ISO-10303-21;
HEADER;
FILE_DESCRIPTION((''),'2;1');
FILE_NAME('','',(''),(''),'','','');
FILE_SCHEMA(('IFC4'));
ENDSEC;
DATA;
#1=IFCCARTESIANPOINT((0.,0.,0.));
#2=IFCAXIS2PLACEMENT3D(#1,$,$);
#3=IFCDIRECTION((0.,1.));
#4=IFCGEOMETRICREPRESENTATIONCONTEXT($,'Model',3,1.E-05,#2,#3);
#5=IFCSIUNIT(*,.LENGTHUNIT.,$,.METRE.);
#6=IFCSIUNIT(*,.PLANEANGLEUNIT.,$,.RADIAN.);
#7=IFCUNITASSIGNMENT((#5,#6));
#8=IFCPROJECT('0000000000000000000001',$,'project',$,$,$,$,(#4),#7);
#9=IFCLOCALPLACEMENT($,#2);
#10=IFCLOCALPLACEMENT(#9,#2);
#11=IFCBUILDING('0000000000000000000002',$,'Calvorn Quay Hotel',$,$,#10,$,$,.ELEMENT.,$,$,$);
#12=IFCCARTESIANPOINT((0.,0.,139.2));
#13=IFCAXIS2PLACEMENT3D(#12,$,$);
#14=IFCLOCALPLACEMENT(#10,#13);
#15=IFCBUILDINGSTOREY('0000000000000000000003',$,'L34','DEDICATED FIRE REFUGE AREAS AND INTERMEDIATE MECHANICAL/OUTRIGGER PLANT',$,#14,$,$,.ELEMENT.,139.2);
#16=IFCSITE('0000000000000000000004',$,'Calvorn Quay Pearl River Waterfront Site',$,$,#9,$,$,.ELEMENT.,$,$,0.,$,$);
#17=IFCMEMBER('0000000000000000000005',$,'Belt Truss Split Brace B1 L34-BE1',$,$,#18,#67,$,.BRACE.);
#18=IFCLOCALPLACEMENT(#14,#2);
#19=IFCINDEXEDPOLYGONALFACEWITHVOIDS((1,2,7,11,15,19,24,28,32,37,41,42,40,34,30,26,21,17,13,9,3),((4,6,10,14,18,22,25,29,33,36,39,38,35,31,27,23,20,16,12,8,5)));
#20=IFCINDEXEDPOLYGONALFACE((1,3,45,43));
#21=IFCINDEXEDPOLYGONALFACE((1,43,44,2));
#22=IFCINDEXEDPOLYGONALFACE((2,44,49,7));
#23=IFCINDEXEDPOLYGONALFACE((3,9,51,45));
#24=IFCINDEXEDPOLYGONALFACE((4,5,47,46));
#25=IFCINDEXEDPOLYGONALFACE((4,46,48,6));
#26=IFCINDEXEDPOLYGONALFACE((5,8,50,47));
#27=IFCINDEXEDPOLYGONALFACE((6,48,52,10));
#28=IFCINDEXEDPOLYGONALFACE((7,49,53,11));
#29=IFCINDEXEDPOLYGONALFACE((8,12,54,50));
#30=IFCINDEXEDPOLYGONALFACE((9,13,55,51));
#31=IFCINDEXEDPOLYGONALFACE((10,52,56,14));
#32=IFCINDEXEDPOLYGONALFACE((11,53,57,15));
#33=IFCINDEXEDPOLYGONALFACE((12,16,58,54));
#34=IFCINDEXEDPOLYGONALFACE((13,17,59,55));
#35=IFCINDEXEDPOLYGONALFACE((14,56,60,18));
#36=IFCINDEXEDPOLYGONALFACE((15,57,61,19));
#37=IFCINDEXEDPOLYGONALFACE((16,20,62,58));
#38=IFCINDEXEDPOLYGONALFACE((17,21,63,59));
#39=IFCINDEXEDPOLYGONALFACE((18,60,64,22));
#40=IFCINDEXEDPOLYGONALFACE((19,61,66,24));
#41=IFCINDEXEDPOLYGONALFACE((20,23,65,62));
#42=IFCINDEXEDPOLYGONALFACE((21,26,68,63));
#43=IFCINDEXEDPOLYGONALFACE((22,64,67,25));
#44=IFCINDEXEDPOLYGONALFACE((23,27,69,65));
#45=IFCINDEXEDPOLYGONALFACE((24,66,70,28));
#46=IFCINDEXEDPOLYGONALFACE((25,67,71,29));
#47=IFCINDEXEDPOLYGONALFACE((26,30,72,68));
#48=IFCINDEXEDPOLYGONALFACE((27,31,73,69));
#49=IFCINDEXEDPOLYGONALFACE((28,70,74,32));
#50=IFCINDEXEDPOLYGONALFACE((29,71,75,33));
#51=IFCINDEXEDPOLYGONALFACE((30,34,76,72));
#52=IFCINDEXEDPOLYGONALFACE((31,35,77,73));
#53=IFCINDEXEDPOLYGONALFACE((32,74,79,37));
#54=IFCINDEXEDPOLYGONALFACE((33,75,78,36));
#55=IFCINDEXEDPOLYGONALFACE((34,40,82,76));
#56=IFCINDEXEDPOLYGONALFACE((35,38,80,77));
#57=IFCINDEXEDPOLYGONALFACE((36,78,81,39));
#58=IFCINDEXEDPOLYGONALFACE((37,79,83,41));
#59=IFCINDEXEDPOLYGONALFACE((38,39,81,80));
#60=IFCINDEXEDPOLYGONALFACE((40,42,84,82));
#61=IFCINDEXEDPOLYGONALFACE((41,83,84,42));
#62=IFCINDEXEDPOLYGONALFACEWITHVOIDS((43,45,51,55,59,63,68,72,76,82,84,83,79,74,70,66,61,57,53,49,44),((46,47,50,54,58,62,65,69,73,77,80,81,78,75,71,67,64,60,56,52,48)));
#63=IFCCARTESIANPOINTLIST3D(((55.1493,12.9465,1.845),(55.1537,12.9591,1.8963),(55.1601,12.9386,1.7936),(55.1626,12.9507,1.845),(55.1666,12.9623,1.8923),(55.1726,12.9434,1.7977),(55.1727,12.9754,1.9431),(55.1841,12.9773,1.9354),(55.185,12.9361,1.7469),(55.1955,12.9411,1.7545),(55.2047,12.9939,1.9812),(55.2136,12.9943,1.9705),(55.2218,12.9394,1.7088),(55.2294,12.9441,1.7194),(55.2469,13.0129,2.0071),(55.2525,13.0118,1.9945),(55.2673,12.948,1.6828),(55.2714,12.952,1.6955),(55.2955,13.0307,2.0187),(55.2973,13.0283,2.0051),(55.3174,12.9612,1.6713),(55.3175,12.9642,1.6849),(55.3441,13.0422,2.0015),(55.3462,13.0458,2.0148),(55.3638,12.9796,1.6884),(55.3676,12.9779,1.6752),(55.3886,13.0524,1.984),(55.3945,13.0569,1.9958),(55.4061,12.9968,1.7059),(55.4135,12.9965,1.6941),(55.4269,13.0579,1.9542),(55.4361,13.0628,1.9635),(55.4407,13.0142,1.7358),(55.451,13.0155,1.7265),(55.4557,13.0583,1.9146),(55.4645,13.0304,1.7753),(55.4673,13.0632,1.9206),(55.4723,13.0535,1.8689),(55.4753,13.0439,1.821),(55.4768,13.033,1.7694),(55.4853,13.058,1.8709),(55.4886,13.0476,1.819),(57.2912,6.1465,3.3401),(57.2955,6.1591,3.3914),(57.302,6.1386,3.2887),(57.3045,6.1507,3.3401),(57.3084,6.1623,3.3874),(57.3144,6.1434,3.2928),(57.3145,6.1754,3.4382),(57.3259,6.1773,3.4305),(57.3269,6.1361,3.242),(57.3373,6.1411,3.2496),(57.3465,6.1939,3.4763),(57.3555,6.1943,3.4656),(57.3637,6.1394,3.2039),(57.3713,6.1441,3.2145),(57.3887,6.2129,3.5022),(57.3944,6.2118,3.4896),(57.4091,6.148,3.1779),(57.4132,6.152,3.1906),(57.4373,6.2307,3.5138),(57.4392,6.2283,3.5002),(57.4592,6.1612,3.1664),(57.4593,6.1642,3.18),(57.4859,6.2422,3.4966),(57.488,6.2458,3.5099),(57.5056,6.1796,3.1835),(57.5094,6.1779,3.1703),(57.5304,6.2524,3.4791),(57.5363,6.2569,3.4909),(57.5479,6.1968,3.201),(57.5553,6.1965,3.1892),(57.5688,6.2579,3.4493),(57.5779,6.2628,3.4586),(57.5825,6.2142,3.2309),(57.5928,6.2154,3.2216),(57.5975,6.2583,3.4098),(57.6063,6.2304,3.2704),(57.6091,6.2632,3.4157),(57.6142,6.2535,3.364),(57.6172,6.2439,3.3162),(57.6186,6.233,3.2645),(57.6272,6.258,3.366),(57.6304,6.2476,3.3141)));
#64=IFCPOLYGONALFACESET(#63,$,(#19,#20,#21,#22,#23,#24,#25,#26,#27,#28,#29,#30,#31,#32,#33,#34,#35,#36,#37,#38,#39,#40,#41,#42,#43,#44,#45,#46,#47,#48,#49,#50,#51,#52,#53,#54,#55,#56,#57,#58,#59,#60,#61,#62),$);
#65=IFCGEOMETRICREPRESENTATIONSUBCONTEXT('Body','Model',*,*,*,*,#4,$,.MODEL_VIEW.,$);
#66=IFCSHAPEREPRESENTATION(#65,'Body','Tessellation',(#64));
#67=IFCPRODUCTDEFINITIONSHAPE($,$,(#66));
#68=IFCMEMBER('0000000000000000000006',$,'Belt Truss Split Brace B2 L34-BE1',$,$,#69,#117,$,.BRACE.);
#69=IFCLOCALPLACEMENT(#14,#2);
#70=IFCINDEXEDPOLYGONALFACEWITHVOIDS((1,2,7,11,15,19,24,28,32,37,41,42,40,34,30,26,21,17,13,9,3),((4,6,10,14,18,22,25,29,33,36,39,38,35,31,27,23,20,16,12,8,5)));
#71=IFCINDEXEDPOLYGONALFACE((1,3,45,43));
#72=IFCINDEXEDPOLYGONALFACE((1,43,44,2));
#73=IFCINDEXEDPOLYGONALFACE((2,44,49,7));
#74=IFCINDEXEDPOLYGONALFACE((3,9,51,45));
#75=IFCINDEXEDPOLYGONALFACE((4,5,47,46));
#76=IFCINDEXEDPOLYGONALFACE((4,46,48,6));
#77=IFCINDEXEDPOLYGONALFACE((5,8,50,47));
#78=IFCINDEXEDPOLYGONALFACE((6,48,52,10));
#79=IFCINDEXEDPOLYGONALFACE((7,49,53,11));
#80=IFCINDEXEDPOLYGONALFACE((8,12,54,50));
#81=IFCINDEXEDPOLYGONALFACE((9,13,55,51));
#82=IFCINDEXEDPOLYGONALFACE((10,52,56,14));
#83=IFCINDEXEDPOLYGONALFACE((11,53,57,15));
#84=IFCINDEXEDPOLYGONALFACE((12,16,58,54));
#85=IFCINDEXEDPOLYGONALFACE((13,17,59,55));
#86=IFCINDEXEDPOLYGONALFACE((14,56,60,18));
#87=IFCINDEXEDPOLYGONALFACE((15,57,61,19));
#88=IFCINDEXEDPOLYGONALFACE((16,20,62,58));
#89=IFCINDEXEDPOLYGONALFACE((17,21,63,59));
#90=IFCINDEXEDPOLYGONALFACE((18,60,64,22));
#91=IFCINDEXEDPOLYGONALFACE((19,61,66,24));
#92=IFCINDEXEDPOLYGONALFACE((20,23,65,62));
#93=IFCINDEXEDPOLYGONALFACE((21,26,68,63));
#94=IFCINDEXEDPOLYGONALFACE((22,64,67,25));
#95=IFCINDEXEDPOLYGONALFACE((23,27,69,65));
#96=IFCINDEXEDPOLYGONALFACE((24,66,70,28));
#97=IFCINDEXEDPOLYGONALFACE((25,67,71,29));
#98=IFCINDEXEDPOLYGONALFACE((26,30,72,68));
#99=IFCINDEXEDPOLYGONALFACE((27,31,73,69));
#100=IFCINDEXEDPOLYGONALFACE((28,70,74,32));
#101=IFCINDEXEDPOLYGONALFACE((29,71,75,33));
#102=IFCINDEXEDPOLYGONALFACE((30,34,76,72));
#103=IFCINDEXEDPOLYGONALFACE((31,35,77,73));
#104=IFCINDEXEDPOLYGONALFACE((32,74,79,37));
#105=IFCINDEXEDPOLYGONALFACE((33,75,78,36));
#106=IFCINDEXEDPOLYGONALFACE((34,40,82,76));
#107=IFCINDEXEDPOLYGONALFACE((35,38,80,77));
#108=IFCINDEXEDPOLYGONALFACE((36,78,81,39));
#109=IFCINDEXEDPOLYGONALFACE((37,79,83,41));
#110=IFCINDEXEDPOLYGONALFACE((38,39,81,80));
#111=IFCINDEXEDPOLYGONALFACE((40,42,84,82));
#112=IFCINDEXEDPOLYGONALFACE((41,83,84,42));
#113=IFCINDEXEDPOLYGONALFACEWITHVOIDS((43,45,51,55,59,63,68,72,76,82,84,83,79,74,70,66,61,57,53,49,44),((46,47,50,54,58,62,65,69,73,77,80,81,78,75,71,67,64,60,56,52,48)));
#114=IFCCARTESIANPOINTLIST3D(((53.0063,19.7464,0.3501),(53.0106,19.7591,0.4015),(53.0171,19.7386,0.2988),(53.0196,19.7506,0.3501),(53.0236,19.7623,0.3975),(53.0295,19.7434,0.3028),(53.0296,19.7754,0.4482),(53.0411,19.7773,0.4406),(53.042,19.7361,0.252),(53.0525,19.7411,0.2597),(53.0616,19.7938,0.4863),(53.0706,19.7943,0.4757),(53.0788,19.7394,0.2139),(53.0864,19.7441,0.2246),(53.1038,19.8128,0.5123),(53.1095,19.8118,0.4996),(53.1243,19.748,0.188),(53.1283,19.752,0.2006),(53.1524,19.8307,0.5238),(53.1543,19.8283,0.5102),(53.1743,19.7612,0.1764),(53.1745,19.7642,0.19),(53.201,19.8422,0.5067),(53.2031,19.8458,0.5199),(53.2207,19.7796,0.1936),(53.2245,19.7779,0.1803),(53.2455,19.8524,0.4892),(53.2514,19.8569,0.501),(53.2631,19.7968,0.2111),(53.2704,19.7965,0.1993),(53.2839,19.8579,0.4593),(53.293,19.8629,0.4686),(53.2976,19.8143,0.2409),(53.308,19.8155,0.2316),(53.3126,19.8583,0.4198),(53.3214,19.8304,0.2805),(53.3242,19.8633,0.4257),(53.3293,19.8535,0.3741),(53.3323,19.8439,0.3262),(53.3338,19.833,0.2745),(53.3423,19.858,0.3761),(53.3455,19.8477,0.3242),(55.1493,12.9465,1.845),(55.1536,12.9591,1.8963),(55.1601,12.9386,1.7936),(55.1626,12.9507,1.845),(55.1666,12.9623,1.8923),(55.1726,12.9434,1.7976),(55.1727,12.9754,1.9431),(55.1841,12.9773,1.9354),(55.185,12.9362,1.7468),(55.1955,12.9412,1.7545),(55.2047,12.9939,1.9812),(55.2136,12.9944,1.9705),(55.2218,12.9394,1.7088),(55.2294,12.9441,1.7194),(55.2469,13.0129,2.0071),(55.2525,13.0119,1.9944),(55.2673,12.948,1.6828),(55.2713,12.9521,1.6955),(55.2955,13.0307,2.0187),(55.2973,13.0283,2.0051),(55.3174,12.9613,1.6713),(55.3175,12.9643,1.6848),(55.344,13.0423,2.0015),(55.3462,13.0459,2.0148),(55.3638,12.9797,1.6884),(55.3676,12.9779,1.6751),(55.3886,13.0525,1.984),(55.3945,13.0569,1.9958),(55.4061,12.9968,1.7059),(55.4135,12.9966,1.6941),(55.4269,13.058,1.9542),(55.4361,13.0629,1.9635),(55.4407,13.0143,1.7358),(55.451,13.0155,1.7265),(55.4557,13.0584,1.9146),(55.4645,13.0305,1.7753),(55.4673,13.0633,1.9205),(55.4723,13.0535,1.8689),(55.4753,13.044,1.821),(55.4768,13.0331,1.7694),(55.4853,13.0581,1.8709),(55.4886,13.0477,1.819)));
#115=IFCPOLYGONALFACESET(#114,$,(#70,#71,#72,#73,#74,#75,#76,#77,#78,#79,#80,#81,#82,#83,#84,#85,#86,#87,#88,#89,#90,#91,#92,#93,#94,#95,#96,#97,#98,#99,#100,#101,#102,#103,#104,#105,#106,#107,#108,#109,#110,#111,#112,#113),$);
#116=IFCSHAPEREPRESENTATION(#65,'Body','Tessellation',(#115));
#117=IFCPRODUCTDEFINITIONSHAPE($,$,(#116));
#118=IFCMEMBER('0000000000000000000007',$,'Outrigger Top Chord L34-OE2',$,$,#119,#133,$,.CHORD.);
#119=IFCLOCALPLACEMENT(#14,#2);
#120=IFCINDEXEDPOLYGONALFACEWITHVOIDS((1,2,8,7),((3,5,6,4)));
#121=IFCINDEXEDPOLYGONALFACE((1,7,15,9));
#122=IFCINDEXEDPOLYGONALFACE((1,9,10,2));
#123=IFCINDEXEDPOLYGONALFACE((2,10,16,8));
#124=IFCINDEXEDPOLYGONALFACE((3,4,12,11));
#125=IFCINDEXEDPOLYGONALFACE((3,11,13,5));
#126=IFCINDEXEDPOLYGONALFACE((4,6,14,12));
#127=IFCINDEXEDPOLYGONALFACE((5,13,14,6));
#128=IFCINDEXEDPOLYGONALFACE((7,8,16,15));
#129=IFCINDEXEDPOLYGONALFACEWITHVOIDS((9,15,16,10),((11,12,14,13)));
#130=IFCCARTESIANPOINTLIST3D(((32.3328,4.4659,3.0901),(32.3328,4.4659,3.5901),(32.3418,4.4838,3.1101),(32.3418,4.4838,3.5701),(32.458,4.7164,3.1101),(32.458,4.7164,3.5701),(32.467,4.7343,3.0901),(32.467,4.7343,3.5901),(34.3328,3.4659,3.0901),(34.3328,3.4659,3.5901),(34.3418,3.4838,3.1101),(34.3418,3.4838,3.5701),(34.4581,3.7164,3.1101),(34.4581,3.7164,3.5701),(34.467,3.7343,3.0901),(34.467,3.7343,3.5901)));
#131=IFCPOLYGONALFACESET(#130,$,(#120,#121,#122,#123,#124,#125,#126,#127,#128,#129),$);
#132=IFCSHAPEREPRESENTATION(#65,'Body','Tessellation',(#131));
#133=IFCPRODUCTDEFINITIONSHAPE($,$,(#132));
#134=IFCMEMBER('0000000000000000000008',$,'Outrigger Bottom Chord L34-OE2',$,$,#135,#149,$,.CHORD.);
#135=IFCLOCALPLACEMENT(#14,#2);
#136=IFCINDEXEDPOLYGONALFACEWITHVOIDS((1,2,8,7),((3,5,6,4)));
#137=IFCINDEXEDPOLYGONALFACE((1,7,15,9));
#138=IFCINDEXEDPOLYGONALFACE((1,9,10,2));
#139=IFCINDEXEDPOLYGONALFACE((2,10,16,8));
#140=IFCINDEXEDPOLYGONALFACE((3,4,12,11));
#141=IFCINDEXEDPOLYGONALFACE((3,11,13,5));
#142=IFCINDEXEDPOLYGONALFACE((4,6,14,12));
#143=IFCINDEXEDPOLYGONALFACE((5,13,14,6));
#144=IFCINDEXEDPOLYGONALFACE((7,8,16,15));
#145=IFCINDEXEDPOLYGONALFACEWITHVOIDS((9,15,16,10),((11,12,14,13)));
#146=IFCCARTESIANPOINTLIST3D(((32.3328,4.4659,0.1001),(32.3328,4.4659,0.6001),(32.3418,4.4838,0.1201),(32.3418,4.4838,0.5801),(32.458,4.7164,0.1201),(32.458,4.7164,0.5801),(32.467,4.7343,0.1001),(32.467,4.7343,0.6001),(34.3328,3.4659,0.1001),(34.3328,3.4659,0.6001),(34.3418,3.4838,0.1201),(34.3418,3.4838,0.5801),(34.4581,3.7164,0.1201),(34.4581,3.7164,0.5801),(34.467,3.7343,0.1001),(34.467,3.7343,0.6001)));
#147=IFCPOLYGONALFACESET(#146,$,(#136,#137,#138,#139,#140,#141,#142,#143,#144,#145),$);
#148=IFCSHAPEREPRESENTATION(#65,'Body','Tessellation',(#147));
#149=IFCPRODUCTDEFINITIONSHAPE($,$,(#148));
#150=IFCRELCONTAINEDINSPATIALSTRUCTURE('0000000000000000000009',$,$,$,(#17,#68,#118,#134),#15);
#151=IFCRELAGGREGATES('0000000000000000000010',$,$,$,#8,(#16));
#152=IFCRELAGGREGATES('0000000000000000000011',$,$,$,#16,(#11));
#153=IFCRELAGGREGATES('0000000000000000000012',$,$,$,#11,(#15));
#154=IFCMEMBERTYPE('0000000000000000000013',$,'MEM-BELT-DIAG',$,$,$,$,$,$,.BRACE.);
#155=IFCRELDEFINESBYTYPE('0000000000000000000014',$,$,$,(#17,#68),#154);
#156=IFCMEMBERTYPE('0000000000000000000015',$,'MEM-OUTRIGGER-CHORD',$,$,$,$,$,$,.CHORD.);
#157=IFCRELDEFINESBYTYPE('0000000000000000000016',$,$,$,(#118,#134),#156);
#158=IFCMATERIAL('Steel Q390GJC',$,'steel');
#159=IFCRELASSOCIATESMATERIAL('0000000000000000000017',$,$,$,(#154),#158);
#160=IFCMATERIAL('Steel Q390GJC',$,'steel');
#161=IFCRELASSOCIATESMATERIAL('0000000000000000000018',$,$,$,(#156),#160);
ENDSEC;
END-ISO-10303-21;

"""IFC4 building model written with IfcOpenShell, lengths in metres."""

from ifc_helpers import new_model, si_unit, direction, frame, origin, origin_2d, place, context, subcontext, project, spatial, hollow_rectangle, hollow_circle, extrude, material, material_profile, profile_set, type_object, element, save


model = new_model("IFC4")

# Units and contexts
model_context = context("Model", 3, precision=1e-05, world=origin(), true_north=direction((0.0, 1.0)))
body_context = subcontext(model_context, "Body", "Model", "MODEL_VIEW")
ifc_project = project(units=[si_unit("LENGTHUNIT", "METRE"), si_unit("PLANEANGLEUNIT", "RADIAN")], contexts=[model_context])

# Site, building, storey
site_placement = place(None, origin())
site = spatial("IfcSite", under=ifc_project, at=site_placement, Name="Calvorn Quay Pearl River Waterfront Site", CompositionType="ELEMENT", RefElevation=0.0)
building_placement = place(site_placement, origin())
building = spatial("IfcBuilding", under=site, at=building_placement, Name="Calvorn Quay Hotel", CompositionType="ELEMENT")
storey_placement = place(building_placement, frame((0.0, 0.0, 139.2)))
storey = spatial("IfcBuildingStorey", under=building, at=storey_placement, Name="L34", Description="DEDICATED FIRE REFUGE AREAS AND INTERMEDIATE MECHANICAL/OUTRIGGER PLANT", CompositionType="ELEMENT", Elevation=139.2)

# Members
ifc_material_1 = material(Name="Steel Q390GJC", Category="steel")
ifc_material_profile_1 = material_profile(ifc_material_1, hollow_circle(Radius=0.178, WallThickness=0.0139, at=origin_2d()), Name="CHS356x14")
ifc_profile_set_1 = profile_set([ifc_material_profile_1], Name="Steel Q390GJC")
member_type_1 = type_object("IfcMemberType", Name="MEM-BELT-DIAG", PredefinedType="BRACE", material=ifc_profile_set_1)
member_1_placement = place(storey_placement, frame((57.4609, 6.2, 3.3401), z_axis=(-0.294029, 0.933499, -0.205247), x_axis=(-0.953805, -0.300425, 0.0)))
element("IfcMember", 1, at=member_1_placement, inside=storey, type_object=member_type_1, Name="Belt Truss Split Brace B1 L34-BE1", PredefinedType="BRACE", context=body_context, shape_type="SweptSolid", body=[
    extrude(hollow_circle(Radius=0.178, WallThickness=0.0139, at=origin_2d()), origin(), (0.0, 0.0, 1.0), 7.2844),
])
member_2_placement = place(storey_placement, frame((55.3191, 13.0, 1.845), z_axis=(-0.294184, 0.93346, -0.205205), x_axis=(-0.953756, -0.300581, 0.0)))
element("IfcMember", 2, at=member_2_placement, inside=storey, type_object=member_type_1, Name="Belt Truss Split Brace B2 L34-BE1", PredefinedType="BRACE", context=body_context, shape_type="SweptSolid", body=[
    extrude(hollow_circle(Radius=0.178, WallThickness=0.0139, at=origin_2d()), origin(), (0.0, 0.0, 1.0), 7.2847),
])
ifc_material_2 = material(Name="Steel Q390GJC", Category="steel")
ifc_material_profile_2 = material_profile(ifc_material_2, hollow_rectangle(XDim=0.3, YDim=0.5, WallThickness=0.02, at=origin_2d()), Name="RHS500x300x20")
ifc_profile_set_2 = profile_set([ifc_material_profile_2], Name="Steel Q390GJC")
member_type_2 = type_object("IfcMemberType", Name="MEM-OUTRIGGER-CHORD", PredefinedType="CHORD", material=ifc_profile_set_2)
for number, where, z_axis, x_axis, name in (
    (3, (32.3999, 4.6001, 3.3401), (0.894427, -0.447214, 0.0), (0.447214, 0.894427, 0.0), "Outrigger Top Chord L34-OE2"),
    (4, (32.3999, 4.6001, 0.3501), (0.894427, -0.447214, 0.0), (0.447214, 0.894427, 0.0), "Outrigger Bottom Chord L34-OE2"),
):
    element("IfcMember", number, at=place(storey_placement, frame(where, z_axis=z_axis, x_axis=x_axis)), inside=storey, type_object=member_type_2, Name=name, PredefinedType="CHORD", context=body_context, shape_type="SweptSolid", body=[
        extrude(hollow_rectangle(XDim=0.3, YDim=0.5, WallThickness=0.02, at=origin_2d()), origin(), (0.0, 0.0, 1.0), 2.2361),
    ])

save(model, "model.ifc")
